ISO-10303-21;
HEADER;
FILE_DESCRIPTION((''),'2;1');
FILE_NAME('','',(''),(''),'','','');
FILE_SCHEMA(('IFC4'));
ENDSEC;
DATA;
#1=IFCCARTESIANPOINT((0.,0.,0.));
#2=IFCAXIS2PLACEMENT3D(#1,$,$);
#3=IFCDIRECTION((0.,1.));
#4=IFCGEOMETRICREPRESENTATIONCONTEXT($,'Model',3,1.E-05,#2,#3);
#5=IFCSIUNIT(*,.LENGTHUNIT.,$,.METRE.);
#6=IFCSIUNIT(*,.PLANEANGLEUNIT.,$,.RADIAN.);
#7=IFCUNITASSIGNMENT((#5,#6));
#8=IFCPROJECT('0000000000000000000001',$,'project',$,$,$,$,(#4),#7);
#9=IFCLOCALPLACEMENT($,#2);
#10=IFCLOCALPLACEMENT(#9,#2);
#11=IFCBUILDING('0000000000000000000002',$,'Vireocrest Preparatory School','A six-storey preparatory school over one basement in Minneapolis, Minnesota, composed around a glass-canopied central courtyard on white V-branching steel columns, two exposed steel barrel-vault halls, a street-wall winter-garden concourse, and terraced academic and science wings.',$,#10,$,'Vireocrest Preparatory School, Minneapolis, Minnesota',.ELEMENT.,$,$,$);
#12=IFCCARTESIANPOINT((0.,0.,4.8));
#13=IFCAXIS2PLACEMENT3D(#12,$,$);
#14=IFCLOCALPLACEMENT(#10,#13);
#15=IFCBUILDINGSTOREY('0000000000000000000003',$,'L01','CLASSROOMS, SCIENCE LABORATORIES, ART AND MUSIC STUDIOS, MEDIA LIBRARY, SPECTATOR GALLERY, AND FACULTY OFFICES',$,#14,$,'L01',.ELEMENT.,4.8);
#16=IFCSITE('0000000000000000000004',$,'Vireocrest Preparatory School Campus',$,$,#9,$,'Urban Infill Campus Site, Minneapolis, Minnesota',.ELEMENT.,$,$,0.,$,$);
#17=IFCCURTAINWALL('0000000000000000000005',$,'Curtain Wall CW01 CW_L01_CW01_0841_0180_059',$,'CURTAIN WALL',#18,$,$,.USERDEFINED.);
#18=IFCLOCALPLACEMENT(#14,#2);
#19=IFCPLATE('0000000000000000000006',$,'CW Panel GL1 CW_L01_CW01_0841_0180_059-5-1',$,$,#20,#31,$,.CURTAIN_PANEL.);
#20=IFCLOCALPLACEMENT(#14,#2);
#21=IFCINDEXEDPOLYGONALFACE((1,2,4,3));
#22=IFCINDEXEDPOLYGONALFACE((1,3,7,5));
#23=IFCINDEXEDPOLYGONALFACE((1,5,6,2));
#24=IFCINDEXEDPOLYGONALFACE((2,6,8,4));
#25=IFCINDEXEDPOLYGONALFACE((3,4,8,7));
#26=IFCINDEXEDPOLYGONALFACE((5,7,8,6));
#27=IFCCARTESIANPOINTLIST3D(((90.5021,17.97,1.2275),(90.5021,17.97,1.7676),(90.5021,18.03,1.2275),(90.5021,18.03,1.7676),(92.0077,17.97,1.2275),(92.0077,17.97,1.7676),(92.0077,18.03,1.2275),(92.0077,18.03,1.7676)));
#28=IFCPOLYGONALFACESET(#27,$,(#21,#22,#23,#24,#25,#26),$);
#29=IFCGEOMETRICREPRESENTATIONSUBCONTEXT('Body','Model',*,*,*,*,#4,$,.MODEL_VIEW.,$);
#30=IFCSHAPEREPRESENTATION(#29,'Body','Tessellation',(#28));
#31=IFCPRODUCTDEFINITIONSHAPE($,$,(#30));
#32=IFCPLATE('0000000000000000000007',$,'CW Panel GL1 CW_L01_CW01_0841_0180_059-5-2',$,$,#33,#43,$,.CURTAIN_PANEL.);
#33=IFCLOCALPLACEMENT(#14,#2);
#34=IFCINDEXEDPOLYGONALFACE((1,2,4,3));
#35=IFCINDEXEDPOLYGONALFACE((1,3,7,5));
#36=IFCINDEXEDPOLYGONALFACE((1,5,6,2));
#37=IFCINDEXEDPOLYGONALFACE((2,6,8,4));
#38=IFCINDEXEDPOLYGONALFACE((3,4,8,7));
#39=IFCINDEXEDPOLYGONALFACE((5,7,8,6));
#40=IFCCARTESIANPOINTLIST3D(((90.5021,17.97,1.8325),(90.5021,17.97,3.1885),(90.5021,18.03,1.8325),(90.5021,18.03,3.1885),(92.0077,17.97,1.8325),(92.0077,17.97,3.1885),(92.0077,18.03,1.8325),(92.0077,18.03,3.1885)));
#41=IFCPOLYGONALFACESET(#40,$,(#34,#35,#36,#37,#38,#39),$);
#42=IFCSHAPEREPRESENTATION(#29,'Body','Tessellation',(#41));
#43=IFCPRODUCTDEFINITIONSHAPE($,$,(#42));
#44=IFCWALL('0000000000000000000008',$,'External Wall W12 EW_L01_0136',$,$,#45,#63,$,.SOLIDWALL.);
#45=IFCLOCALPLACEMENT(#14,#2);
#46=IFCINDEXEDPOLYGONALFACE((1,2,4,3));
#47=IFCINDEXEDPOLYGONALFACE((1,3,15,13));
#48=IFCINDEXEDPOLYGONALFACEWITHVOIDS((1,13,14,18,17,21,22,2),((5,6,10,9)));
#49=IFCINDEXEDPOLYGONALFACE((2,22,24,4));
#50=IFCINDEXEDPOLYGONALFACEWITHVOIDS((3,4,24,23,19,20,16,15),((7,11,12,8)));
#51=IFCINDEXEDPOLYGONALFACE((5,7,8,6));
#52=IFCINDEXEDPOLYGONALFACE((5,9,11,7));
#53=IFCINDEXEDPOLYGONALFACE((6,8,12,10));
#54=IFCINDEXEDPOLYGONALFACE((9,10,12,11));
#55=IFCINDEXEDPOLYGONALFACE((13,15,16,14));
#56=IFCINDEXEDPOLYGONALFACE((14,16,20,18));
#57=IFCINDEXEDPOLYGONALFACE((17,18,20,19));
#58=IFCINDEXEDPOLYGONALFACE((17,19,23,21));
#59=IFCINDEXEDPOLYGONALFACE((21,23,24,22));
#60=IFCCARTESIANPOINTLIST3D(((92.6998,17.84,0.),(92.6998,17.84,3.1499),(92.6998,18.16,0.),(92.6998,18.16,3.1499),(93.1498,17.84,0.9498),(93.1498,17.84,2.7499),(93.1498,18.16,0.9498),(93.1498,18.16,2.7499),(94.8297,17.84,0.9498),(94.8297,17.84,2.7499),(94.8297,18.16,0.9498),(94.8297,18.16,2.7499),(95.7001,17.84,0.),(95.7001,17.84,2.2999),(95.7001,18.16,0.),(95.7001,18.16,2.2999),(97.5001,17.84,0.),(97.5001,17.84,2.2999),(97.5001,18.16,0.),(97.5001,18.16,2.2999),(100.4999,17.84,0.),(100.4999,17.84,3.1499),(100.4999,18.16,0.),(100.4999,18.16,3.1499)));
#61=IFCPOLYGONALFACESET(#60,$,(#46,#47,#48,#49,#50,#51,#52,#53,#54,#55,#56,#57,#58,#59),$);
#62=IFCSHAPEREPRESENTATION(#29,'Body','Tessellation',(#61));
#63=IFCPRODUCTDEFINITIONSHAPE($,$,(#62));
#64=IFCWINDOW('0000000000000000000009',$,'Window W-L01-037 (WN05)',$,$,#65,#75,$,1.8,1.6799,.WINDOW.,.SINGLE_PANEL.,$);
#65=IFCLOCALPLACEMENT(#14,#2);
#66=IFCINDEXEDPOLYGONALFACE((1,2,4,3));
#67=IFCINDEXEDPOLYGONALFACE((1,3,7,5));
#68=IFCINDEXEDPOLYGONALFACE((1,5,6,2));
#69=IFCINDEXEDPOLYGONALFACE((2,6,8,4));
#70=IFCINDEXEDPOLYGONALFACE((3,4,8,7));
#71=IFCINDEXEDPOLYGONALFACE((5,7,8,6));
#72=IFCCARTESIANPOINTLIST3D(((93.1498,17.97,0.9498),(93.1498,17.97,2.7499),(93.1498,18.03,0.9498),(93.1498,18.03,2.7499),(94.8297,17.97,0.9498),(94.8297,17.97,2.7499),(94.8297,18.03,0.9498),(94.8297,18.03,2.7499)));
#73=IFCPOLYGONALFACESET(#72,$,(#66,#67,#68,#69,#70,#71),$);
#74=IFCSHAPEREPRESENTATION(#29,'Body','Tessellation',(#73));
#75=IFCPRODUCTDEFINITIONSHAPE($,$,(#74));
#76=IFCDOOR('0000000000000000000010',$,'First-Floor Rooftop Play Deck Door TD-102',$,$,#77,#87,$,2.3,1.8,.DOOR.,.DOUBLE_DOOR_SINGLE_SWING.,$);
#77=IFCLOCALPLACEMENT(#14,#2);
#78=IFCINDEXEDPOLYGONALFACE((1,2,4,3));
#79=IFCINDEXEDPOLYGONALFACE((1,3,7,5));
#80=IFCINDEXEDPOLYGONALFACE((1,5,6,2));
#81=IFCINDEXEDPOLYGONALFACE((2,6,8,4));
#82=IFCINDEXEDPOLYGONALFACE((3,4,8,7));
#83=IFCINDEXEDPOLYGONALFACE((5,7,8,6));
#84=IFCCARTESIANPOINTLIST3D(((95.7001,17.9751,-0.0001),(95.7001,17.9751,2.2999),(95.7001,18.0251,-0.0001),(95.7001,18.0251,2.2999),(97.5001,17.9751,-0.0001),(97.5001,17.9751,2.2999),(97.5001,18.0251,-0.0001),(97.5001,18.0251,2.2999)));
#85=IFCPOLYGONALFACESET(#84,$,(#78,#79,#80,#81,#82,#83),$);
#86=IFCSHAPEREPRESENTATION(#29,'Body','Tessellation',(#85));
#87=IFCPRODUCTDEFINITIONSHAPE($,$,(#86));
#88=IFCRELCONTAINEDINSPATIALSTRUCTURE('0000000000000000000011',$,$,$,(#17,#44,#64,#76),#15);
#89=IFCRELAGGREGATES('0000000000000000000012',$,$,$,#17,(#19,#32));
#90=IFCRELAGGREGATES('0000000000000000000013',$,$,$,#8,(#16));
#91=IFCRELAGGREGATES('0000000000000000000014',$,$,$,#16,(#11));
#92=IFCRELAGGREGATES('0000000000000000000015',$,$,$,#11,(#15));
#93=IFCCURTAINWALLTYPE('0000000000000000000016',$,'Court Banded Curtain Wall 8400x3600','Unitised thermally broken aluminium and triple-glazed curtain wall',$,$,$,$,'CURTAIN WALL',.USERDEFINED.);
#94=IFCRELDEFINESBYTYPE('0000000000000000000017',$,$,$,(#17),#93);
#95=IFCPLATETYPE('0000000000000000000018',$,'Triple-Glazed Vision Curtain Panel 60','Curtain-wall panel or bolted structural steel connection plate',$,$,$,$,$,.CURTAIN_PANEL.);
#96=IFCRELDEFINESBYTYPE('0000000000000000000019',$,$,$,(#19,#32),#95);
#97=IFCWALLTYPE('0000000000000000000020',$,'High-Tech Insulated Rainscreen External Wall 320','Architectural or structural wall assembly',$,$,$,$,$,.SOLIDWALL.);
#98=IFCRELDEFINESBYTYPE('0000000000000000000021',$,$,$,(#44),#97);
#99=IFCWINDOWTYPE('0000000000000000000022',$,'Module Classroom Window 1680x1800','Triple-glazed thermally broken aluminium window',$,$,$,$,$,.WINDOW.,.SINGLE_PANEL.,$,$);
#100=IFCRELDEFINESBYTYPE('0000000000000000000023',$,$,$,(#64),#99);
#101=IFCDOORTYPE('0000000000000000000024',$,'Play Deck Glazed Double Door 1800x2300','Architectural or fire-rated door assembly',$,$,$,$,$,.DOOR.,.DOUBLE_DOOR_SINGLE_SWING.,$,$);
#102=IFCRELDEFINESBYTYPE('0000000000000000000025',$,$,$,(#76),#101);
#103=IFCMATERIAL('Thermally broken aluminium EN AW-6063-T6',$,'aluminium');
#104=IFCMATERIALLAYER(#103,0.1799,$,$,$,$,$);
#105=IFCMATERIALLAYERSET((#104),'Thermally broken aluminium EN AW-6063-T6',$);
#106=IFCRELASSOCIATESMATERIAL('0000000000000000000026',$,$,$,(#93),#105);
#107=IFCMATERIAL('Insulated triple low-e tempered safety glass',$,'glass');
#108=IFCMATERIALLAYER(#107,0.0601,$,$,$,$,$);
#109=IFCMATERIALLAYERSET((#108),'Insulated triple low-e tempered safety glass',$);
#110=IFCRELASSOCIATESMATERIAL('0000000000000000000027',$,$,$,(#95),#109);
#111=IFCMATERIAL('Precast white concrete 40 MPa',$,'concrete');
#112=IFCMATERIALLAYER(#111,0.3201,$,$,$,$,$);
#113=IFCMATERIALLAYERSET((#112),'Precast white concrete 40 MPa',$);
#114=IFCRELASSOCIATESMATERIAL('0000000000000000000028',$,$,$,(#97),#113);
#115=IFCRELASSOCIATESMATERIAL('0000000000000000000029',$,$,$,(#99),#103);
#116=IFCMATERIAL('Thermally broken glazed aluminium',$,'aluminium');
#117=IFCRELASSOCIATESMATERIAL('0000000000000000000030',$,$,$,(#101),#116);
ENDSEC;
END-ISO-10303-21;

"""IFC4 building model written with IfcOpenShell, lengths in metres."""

from ifc_helpers import new_model, si_unit, direction, frame, frame_2d, origin, origin_2d, place, context, subcontext, project, spatial, rectangle, extrude, material, layer, layer_set, type_object, element, fill, aggregate, save


model = new_model("IFC4")

# Units and contexts
model_context = context("Model", 3, precision=1e-05, world=origin(), true_north=direction((0.0, 1.0)))
body_context = subcontext(model_context, "Body", "Model", "MODEL_VIEW")
ifc_project = project(units=[si_unit("LENGTHUNIT", "METRE"), si_unit("PLANEANGLEUNIT", "RADIAN")], contexts=[model_context])

# Site, building, storey
site_placement = place(None, origin())
site = spatial("IfcSite", under=ifc_project, at=site_placement, Name="Vireocrest Preparatory School Campus", LongName="Urban Infill Campus Site, Minneapolis, Minnesota", CompositionType="ELEMENT", RefElevation=0.0)
building_placement = place(site_placement, origin())
building = spatial("IfcBuilding", under=site, at=building_placement, Name="Vireocrest Preparatory School", Description="A six-storey preparatory school over one basement in Minneapolis, Minnesota, composed around a glass-canopied central courtyard on white V-branching steel columns, two exposed steel barrel-vault halls, a street-wall winter-garden concourse, and terraced academic and science wings.", LongName="Vireocrest Preparatory School, Minneapolis, Minnesota", CompositionType="ELEMENT")
storey_placement = place(building_placement, frame((0.0, 0.0, 4.8)))
storey = spatial("IfcBuildingStorey", under=building, at=storey_placement, Name="L01", Description="CLASSROOMS, SCIENCE LABORATORIES, ART AND MUSIC STUDIOS, MEDIA LIBRARY, SPECTATOR GALLERY, AND FACULTY OFFICES", LongName="L01", CompositionType="ELEMENT", Elevation=4.8)

# Curtain wall
ifc_material_1 = material(Name="Thermally broken aluminium EN AW-6063-T6", Category="aluminium")
ifc_layer_1 = layer(ifc_material_1, 0.1799)
ifc_layer_set_1 = layer_set([ifc_layer_1], Name="Thermally broken aluminium EN AW-6063-T6")
curtain_wall_type = type_object("IfcCurtainWallType", Name="Court Banded Curtain Wall 8400x3600", Description="Unitised thermally broken aluminium and triple-glazed curtain wall", ElementType="CURTAIN WALL", PredefinedType="USERDEFINED", material=ifc_layer_set_1)
curtain_wall_placement = place(storey_placement, origin())
curtain_wall = element("IfcCurtainWall", 1, at=curtain_wall_placement, inside=storey, type_object=curtain_wall_type, Name="Curtain Wall CW01 CW_L01_CW01_0841_0180_059", ObjectType="CURTAIN WALL", PredefinedType="USERDEFINED")

# Plates
ifc_material_2 = material(Name="Insulated triple low-e tempered safety glass", Category="glass")
ifc_layer_2 = layer(ifc_material_2, 0.0601)
ifc_layer_set_2 = layer_set([ifc_layer_2], Name="Insulated triple low-e tempered safety glass")
plate_type = type_object("IfcPlateType", Name="Triple-Glazed Vision Curtain Panel 60", Description="Curtain-wall panel or bolted structural steel connection plate", PredefinedType="CURTAIN_PANEL", material=ifc_layer_set_2)
plate_1_placement = place(storey_placement, frame((91.2549, 18.0, 1.2275), z_axis=(0.0, 0.0, 1.0), x_axis=(1.0, 0.0, 0.0)))
plate_1 = element("IfcPlate", 2, at=plate_1_placement, type_object=plate_type, Name="CW Panel GL1 CW_L01_CW01_0841_0180_059-5-1", PredefinedType="CURTAIN_PANEL", context=body_context, shape_type="SweptSolid", body=[
    extrude(rectangle(XDim=1.5056, YDim=0.0601, at=origin_2d()), origin(), (0.0, 0.0, 1.0), 0.54),
])
plate_2_placement = place(storey_placement, frame((91.2549, 18.0, 1.8325), z_axis=(0.0, 0.0, 1.0), x_axis=(1.0, 0.0, 0.0)))
plate_2 = element("IfcPlate", 3, at=plate_2_placement, type_object=plate_type, Name="CW Panel GL1 CW_L01_CW01_0841_0180_059-5-2", PredefinedType="CURTAIN_PANEL", context=body_context, shape_type="SweptSolid", body=[
    extrude(rectangle(XDim=1.5056, YDim=0.0601, at=origin_2d()), origin(), (0.0, 0.0, 1.0), 1.356),
])
aggregate(curtain_wall, [plate_1, plate_2])

# Wall, openings, window, door
ifc_material_3 = material(Name="Precast white concrete 40 MPa", Category="concrete")
ifc_layer_3 = layer(ifc_material_3, 0.3201)
ifc_layer_set_3 = layer_set([ifc_layer_3], Name="Precast white concrete 40 MPa")
wall_type_1 = type_object("IfcWallType", Name="High-Tech Insulated Rainscreen External Wall 320", Description="Architectural or structural wall assembly", PredefinedType="SOLIDWALL", material=ifc_layer_set_3)
wall_1_placement = place(storey_placement, frame((92.7, 18.0, 0.0), z_axis=(0.0, 0.0, 1.0), x_axis=(1.0, 0.0, 0.0)))
wall_1 = element("IfcWall", 4, at=wall_1_placement, inside=storey, type_object=wall_type_1, Name="External Wall W12 EW_L01_0136", PredefinedType="SOLIDWALL", context=body_context, shape_type="SweptSolid", body=[
    extrude(rectangle(XDim=7.8, YDim=0.3201, at=frame_2d((3.8999, 0.0))), origin(), (0.0, 0.0, 1.0), 3.1499),
])
opening_1_placement = place(wall_1_placement, frame((4.8, 0.0, 0.0), z_axis=(0.0, 0.0, 1.0), x_axis=(-1.0, 0.0, 0.0)))
opening_1 = element("IfcOpeningElement", 5, at=opening_1_placement, cuts=wall_1, PredefinedType="OPENING", context=body_context, shape_type="SweptSolid", body=[
    extrude(rectangle(XDim=1.8, YDim=2.3, at=frame_2d((0.8999, 1.1499))), frame((0.0, 0.1699, 0.0), z_axis=(0.0, -1.0, 0.0), x_axis=(1.0, 0.0, 0.0)), (0.0, 0.0, 1.0), 0.3401),
])
opening_2_placement = place(wall_1_placement, frame((0.45, 0.0, 0.95)))
opening_2 = element("IfcOpeningElement", 6, at=opening_2_placement, cuts=wall_1, PredefinedType="OPENING", context=body_context, shape_type="SweptSolid", body=[
    extrude(rectangle(XDim=1.6799, YDim=1.8, at=frame_2d((0.8398, 0.8999))), frame((0.0, 0.1699, 0.0), z_axis=(0.0, -1.0, 0.0), x_axis=(1.0, 0.0, 0.0)), (0.0, 0.0, 1.0), 0.3401),
])
window_type = type_object("IfcWindowType", Name="Module Classroom Window 1680x1800", Description="Triple-glazed thermally broken aluminium window", PartitioningType="SINGLE_PANEL", PredefinedType="WINDOW", material=ifc_material_1)
window_placement = place(opening_2_placement, origin())
window = element("IfcWindow", 7, at=window_placement, inside=storey, type_object=window_type, Name="Window W-L01-037 (WN05)", OverallHeight=1.8, OverallWidth=1.6799, PartitioningType="SINGLE_PANEL", PredefinedType="WINDOW", context=body_context, shape_type="SweptSolid", body=[
    extrude(rectangle(XDim=1.6799, YDim=1.8, at=frame_2d((0.8398, 0.8999))), frame((0.0, 0.03, 0.0), z_axis=(0.0, -1.0, 0.0), x_axis=(1.0, 0.0, 0.0)), (0.0, 0.0, 1.0), 0.0601),
])
fill(opening_2, window)
ifc_material_4 = material(Name="Thermally broken glazed aluminium", Category="aluminium")
door_type_1 = type_object("IfcDoorType", Name="Play Deck Glazed Double Door 1800x2300", Description="Architectural or fire-rated door assembly", OperationType="DOUBLE_DOOR_SINGLE_SWING", PredefinedType="DOOR", material=ifc_material_4)
door_1_placement = place(opening_1_placement, origin())
door_1 = element("IfcDoor", 8, at=door_1_placement, inside=storey, type_object=door_type_1, Name="First-Floor Rooftop Play Deck Door TD-102", OperationType="DOUBLE_DOOR_SINGLE_SWING", OverallHeight=2.3, OverallWidth=1.8, PredefinedType="DOOR", context=body_context, shape_type="SweptSolid", body=[
    extrude(rectangle(XDim=1.8, YDim=2.3, at=frame_2d((0.8999, 1.1499))), frame((0.0, 0.0249, 0.0), z_axis=(0.0, -1.0, 0.0), x_axis=(1.0, 0.0, 0.0)), (0.0, 0.0, 1.0), 0.05),
])
fill(opening_1, door_1)

save(model, "model.ifc")
